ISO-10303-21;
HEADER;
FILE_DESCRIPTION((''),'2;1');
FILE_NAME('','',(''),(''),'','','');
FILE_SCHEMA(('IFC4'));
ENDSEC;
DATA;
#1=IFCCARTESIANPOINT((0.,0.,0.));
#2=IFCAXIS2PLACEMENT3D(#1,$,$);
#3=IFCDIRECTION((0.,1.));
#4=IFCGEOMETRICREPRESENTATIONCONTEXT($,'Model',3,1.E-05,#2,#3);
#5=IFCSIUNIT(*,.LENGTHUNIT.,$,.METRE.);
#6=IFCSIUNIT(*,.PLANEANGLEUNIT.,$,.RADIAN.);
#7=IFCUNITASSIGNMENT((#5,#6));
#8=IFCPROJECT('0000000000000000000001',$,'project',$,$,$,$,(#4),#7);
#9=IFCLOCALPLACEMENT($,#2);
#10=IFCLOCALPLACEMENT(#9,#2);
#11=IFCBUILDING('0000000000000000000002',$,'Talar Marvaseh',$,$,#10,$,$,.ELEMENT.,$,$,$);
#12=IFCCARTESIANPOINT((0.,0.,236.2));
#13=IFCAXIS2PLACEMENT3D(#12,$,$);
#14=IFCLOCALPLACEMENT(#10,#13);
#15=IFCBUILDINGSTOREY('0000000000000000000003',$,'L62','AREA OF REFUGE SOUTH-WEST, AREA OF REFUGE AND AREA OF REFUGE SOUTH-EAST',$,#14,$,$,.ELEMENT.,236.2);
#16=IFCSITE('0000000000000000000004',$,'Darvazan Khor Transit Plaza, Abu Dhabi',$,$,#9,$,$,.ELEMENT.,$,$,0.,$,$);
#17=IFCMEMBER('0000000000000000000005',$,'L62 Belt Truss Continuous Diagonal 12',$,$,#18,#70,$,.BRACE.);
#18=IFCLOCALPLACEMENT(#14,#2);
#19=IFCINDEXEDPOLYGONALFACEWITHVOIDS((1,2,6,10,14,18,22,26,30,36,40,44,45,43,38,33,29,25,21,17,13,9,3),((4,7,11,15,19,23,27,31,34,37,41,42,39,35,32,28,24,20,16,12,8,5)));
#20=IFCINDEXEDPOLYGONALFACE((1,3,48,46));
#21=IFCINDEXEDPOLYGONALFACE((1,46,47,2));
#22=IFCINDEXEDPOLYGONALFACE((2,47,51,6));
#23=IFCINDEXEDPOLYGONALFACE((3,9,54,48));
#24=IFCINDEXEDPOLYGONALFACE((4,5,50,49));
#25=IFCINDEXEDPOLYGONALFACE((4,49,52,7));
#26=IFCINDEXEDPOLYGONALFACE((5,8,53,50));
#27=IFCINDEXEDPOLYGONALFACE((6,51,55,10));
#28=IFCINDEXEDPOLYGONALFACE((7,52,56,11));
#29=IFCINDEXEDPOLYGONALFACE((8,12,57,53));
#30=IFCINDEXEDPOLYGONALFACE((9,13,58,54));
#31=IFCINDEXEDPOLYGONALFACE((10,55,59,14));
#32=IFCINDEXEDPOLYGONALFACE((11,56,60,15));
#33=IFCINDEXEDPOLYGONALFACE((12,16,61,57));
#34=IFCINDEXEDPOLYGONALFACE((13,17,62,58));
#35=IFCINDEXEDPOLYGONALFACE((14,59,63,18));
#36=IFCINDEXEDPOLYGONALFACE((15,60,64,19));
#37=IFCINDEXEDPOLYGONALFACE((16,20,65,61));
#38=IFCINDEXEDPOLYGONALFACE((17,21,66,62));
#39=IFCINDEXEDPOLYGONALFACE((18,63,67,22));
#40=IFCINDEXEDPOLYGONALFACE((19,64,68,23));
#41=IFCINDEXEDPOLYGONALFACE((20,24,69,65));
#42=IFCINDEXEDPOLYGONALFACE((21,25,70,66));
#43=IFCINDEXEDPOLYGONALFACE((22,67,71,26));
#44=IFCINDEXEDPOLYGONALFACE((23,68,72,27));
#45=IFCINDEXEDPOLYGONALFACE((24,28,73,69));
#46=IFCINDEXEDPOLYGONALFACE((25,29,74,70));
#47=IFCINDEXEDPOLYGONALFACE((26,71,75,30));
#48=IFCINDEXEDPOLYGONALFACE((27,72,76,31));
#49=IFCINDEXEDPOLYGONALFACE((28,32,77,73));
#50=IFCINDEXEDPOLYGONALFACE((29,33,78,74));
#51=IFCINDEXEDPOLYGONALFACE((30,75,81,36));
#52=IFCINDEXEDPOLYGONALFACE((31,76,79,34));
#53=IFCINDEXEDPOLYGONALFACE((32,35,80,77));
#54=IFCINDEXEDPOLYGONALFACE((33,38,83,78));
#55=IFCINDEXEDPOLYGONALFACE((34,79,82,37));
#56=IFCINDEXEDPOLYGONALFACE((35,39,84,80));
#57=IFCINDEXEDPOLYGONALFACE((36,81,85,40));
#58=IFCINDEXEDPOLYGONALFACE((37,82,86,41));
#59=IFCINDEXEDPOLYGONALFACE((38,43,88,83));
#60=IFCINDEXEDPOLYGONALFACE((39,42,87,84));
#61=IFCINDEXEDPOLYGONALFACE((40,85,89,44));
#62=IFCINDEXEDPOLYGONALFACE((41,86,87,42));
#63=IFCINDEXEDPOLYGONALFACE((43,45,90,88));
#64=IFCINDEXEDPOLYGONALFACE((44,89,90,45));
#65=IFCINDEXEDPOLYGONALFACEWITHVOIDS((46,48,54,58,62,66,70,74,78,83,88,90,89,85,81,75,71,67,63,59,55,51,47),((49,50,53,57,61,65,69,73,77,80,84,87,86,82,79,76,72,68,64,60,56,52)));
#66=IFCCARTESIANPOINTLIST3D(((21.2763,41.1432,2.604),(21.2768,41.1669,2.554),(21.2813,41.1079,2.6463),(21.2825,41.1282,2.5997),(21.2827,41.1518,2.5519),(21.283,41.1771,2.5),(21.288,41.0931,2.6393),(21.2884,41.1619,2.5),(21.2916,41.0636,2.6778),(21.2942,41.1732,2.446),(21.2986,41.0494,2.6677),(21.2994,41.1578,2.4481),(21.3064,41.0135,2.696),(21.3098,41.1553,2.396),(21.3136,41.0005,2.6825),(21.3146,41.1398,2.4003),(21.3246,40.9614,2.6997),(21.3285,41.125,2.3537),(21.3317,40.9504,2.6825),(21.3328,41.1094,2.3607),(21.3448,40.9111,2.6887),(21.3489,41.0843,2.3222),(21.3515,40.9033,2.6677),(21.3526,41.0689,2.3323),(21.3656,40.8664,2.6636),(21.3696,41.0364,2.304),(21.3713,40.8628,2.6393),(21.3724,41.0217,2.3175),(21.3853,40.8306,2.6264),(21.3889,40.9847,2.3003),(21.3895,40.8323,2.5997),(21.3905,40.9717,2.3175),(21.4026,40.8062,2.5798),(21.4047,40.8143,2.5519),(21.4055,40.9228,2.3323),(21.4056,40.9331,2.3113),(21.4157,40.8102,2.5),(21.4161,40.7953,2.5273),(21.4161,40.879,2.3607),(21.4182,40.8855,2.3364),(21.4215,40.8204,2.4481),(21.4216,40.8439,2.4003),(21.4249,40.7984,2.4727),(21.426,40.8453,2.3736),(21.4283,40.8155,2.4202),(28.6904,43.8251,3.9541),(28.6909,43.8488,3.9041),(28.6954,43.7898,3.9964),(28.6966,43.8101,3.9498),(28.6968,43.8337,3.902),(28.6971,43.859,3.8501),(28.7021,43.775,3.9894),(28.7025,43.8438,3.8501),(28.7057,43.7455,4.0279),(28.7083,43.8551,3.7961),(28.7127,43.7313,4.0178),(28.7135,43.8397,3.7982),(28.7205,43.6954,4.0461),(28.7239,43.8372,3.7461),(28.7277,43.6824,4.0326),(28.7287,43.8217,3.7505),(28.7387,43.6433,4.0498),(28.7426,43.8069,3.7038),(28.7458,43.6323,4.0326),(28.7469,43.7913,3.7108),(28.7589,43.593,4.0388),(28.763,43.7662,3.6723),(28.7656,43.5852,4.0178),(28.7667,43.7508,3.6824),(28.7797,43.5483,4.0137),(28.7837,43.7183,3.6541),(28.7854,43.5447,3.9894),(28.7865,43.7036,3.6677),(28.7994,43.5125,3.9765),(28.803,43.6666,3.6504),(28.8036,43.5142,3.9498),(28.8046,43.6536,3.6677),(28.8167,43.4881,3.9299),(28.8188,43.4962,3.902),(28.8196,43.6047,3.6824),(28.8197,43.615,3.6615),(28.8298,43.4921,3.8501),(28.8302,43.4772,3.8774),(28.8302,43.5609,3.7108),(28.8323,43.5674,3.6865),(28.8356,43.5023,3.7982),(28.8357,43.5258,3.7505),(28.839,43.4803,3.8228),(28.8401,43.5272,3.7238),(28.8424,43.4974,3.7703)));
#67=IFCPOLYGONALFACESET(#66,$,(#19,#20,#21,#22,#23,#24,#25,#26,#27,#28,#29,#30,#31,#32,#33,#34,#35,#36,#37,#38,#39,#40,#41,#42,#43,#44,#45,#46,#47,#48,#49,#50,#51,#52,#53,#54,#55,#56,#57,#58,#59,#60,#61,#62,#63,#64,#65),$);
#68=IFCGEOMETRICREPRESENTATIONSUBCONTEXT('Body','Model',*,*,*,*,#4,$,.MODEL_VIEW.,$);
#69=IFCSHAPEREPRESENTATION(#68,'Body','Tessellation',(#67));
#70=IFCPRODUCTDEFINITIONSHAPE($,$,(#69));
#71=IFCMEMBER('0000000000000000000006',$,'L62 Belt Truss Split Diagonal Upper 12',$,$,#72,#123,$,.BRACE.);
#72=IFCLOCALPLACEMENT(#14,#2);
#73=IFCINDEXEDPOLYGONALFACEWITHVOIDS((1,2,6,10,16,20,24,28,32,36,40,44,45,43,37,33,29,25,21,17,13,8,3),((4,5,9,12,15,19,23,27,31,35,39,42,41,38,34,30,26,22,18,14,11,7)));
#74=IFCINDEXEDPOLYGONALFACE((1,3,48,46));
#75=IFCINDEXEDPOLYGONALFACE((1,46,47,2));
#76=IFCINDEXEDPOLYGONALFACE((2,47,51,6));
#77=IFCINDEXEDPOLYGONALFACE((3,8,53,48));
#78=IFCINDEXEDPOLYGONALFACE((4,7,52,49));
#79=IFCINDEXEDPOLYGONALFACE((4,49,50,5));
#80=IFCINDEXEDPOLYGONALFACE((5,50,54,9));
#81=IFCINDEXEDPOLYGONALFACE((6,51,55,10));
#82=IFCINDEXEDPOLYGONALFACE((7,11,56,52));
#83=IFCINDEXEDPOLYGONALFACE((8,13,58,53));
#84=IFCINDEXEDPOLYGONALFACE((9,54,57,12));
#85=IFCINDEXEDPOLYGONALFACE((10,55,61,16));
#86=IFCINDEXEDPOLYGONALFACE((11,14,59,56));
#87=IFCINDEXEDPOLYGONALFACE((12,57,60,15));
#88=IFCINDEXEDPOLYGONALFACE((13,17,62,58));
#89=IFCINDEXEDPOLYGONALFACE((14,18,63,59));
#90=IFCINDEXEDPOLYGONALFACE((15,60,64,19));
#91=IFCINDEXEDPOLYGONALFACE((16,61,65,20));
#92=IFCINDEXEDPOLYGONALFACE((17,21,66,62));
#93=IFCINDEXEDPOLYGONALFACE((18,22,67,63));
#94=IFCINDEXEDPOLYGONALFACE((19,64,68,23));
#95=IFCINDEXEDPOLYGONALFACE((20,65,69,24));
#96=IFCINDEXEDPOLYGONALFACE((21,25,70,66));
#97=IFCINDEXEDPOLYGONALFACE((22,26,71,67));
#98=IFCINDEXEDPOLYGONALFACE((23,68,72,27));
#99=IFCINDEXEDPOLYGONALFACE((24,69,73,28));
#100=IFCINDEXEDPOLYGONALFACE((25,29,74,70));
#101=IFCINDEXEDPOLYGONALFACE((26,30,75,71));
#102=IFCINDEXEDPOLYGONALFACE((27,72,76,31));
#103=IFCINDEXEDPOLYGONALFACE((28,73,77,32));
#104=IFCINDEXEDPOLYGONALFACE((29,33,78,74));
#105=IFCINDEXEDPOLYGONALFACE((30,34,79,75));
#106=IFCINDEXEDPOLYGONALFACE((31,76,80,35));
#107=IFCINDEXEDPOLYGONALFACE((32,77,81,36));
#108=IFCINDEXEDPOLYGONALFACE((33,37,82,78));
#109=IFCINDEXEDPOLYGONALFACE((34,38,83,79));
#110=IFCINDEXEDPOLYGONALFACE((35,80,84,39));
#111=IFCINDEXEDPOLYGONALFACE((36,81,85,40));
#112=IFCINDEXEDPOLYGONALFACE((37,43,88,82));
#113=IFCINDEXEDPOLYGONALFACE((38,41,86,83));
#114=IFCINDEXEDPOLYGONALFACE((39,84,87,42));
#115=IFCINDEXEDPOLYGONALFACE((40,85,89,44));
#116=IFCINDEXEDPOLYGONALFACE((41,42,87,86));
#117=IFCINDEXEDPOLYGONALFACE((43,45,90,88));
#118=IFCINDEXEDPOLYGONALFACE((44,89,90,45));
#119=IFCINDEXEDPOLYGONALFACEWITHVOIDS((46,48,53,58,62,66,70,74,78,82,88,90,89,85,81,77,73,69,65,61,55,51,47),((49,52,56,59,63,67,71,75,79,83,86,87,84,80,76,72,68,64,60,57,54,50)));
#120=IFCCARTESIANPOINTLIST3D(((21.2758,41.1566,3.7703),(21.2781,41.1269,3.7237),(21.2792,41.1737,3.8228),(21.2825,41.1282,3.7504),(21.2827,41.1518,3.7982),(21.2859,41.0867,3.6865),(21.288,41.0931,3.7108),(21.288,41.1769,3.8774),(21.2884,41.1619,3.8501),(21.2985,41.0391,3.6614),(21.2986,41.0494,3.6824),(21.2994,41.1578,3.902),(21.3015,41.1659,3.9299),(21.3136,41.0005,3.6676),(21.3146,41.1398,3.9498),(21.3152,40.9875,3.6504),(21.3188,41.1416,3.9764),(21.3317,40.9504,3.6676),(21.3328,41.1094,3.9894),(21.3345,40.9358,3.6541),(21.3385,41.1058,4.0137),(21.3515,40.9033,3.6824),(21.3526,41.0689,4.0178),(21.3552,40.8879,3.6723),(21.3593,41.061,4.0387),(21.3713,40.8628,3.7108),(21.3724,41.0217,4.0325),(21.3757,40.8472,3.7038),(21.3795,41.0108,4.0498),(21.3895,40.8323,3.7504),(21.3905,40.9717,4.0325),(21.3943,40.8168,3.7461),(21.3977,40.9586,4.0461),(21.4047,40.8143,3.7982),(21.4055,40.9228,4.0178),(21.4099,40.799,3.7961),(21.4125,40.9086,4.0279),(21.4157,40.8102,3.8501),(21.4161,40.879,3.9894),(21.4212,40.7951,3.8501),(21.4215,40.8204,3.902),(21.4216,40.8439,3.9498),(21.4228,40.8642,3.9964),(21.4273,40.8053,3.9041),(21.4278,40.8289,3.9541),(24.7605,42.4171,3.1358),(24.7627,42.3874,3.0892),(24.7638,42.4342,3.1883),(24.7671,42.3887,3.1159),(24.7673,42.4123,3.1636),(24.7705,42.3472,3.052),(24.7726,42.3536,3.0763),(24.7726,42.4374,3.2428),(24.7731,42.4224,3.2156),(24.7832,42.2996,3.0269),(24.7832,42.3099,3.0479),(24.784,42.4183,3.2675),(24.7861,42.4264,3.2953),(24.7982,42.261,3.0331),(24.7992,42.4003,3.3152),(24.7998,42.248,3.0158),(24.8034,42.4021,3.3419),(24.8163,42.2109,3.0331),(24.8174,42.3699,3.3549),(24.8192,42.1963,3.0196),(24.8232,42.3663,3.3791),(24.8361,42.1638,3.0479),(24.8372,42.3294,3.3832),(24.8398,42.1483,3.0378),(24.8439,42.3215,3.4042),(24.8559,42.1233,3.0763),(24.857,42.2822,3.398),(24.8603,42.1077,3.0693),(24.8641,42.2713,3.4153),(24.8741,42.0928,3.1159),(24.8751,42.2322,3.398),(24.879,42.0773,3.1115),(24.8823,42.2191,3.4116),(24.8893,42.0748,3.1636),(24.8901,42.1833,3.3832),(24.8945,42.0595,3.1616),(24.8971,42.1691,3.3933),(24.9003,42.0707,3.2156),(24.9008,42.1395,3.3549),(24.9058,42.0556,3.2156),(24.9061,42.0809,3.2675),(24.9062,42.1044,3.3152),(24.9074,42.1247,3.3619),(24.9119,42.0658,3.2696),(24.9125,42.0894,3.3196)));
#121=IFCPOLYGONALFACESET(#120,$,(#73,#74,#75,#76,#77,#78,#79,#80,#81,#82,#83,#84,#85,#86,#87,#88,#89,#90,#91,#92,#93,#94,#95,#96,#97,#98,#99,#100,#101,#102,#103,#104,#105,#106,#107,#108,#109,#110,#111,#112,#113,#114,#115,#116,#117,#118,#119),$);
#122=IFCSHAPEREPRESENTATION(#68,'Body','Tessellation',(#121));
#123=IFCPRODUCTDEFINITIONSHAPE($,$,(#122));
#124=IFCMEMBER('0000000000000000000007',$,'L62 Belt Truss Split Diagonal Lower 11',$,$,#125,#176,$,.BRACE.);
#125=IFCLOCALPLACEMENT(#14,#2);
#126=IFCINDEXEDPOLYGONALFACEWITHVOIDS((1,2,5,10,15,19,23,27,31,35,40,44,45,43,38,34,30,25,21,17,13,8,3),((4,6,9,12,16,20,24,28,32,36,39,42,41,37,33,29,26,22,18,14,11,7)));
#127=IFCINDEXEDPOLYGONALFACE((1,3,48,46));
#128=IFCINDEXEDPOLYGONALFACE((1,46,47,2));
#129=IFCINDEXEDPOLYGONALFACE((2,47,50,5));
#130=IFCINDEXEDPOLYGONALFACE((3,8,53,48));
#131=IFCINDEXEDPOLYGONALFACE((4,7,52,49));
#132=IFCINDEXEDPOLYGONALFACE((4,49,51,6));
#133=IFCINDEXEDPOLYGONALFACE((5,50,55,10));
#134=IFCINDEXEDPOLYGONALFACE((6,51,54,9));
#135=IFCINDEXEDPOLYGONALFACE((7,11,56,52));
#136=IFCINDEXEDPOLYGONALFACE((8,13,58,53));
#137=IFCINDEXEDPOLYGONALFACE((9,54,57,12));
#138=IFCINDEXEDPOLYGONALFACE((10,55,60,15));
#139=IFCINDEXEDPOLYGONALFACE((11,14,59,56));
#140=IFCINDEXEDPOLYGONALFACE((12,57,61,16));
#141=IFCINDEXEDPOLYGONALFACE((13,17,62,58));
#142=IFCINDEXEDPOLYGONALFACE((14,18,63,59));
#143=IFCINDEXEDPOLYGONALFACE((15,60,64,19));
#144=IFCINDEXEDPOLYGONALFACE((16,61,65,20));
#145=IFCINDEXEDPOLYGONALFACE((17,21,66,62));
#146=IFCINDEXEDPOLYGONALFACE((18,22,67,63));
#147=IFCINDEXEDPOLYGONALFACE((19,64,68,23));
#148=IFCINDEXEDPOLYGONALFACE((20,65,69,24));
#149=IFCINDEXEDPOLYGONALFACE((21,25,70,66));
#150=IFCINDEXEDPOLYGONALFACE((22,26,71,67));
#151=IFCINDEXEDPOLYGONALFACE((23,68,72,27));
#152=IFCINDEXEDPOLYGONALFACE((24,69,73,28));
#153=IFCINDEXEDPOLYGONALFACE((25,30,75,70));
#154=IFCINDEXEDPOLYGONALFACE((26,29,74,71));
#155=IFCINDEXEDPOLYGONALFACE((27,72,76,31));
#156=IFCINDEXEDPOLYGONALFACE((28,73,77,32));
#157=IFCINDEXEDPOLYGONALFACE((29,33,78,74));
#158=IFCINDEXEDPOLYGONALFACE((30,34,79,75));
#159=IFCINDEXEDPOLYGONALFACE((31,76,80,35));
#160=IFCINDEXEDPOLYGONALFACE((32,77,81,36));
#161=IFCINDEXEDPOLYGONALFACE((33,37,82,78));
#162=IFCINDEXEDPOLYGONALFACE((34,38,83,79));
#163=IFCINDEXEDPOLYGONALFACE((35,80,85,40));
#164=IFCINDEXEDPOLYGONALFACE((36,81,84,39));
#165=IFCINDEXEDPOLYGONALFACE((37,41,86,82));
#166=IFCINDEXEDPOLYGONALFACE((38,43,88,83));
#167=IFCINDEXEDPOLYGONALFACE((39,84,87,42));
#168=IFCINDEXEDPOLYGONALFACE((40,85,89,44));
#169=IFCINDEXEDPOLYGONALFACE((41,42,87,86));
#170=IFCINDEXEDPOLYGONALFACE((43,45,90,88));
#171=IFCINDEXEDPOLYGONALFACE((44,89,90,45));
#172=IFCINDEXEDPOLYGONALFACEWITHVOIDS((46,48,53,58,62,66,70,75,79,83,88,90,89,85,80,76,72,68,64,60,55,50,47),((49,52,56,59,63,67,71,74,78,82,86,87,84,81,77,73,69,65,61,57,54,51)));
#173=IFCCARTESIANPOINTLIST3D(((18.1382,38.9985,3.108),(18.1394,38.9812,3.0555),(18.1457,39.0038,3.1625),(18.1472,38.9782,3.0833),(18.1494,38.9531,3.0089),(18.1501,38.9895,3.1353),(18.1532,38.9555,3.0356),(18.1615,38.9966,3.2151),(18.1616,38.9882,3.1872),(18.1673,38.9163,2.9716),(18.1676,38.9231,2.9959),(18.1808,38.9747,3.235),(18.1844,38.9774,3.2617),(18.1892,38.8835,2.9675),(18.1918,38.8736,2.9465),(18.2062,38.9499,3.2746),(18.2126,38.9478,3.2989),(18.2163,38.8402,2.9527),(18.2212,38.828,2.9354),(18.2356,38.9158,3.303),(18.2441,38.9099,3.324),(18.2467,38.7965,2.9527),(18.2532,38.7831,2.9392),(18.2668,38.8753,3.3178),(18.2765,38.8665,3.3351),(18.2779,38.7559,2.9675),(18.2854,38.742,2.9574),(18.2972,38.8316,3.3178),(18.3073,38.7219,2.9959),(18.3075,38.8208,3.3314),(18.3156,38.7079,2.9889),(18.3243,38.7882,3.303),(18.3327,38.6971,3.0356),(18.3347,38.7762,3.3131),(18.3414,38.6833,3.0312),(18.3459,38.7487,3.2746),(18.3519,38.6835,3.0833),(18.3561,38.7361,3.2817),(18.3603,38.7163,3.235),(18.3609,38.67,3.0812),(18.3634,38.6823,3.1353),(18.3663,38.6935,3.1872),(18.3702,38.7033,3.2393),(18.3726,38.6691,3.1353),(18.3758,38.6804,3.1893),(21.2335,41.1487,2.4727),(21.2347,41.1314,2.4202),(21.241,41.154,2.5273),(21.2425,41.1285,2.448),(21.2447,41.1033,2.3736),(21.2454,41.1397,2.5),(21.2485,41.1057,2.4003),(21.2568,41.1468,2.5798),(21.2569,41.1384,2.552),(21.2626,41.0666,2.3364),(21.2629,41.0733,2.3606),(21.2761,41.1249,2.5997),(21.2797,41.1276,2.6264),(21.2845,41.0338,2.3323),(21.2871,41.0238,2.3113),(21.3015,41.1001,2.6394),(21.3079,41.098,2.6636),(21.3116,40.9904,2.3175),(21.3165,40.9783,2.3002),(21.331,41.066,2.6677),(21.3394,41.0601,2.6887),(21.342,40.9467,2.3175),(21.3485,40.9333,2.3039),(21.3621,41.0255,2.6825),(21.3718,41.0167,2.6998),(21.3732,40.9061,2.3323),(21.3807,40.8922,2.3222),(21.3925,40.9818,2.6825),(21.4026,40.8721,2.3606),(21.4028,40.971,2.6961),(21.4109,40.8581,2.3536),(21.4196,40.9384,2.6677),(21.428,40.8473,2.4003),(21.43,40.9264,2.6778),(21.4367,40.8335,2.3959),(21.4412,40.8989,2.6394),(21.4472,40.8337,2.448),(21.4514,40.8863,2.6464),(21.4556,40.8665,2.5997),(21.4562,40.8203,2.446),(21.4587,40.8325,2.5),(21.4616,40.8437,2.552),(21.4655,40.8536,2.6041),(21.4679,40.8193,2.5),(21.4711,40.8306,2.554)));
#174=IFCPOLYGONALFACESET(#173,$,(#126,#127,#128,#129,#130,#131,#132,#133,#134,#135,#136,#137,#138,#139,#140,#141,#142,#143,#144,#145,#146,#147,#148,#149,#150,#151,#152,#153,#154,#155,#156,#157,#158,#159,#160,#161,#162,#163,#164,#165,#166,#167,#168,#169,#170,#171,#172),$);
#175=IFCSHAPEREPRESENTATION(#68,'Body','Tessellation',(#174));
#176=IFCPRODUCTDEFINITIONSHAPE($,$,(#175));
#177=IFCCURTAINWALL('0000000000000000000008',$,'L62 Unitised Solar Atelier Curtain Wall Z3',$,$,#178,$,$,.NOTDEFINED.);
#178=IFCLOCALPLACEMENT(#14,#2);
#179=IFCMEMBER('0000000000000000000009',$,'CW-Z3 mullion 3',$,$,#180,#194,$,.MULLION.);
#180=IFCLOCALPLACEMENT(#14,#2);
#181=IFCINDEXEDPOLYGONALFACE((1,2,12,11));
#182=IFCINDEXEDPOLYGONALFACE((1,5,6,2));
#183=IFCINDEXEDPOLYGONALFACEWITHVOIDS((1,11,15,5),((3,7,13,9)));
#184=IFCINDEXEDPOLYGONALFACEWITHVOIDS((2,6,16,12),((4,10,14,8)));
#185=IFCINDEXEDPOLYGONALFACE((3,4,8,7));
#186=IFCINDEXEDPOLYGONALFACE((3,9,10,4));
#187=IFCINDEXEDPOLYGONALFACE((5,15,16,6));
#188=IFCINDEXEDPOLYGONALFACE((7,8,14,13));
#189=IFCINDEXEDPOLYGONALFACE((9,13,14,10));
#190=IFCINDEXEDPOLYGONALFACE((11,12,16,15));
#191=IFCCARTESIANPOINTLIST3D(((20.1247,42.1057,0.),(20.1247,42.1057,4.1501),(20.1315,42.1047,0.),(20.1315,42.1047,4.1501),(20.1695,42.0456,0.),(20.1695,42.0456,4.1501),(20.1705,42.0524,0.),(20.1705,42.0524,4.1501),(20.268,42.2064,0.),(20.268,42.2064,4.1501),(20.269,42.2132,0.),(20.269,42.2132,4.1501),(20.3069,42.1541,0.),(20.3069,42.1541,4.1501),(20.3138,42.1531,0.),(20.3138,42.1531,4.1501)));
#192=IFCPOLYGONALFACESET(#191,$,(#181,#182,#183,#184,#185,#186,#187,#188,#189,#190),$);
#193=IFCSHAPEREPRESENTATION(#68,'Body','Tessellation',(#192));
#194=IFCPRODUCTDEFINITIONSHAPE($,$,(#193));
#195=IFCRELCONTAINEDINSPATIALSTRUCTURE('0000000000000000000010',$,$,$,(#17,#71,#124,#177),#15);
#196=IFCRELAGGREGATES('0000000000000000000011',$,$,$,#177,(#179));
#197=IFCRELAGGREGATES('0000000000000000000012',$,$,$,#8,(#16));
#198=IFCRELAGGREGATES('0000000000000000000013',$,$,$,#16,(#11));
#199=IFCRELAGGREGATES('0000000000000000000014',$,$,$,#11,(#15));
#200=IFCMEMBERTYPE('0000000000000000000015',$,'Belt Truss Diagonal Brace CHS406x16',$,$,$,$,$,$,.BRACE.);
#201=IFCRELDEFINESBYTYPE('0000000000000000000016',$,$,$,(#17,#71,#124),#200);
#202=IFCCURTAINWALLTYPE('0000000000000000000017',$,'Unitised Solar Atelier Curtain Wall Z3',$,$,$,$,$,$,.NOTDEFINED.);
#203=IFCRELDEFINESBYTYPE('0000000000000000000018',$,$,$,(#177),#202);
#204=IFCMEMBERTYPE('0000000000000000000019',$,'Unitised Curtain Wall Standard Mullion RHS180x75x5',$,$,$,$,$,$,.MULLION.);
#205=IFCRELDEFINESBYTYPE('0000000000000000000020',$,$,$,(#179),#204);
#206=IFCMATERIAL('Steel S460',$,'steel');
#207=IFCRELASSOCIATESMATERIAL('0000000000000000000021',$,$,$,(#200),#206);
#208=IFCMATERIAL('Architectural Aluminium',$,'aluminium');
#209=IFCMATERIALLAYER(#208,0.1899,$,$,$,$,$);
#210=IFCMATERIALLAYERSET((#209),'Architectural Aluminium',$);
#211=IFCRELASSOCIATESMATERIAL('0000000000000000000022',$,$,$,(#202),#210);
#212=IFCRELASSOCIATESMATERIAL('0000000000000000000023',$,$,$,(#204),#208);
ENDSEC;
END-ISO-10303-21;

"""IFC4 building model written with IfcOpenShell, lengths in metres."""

from ifc_helpers import new_model, si_unit, direction, frame, origin, origin_2d, place, context, subcontext, project, spatial, hollow_rectangle, hollow_circle, extrude, source, transform, mapped, material, layer, layer_set, material_profile, profile_set, type_object, type_shapes, element, aggregate, save


model = new_model("IFC4")

# Units and contexts
model_context = context("Model", 3, precision=1e-05, world=origin(), true_north=direction((0.0, 1.0)))
body_context = subcontext(model_context, "Body", "Model", "MODEL_VIEW")
ifc_project = project(units=[si_unit("LENGTHUNIT", "METRE"), si_unit("PLANEANGLEUNIT", "RADIAN")], contexts=[model_context])

# Site, building, storey
site_placement = place(None, origin())
site = spatial("IfcSite", under=ifc_project, at=site_placement, Name="Darvazan Khor Transit Plaza, Abu Dhabi", CompositionType="ELEMENT", RefElevation=0.0)
building_placement = place(site_placement, origin())
building = spatial("IfcBuilding", under=site, at=building_placement, Name="Talar Marvaseh", CompositionType="ELEMENT")
storey_placement = place(building_placement, frame((0.0, 0.0, 236.2)))
storey = spatial("IfcBuildingStorey", under=building, at=storey_placement, Name="L62", Description="AREA OF REFUGE SOUTH-WEST, AREA OF REFUGE AND AREA OF REFUGE SOUTH-EAST", CompositionType="ELEMENT", Elevation=236.2)

# Shared definitions
ifc_material_1 = material(Name="Steel S460", Category="steel")

# Members
ifc_material_profile_1 = material_profile(ifc_material_1, hollow_circle(Radius=0.2031, WallThickness=0.0161, at=origin_2d()), Name="CHS406x16")
ifc_profile_set_1 = profile_set([ifc_material_profile_1], Name="Steel S460")
member_type_1 = type_object("IfcMemberType", Name="Belt Truss Diagonal Brace CHS406x16", PredefinedType="BRACE", material=ifc_profile_set_1)
shared_shape_1 = source(origin(), body_context, "Body", "SweptSolid", [
    extrude(hollow_circle(Radius=0.2031, WallThickness=0.0161, at=origin_2d()), origin(), (0.0, 0.0, 1.0), 7.999),
])
member_1_placement = place(storey_placement, frame((21.3521, 40.9861, 2.5), z_axis=(0.926877, 0.335279, 0.168784), x_axis=(-0.340159, 0.940368, 0.0)))
element("IfcMember", 1, at=member_1_placement, inside=storey, type_object=member_type_1, Name="L62 Belt Truss Continuous Diagonal 12", PredefinedType="BRACE", context=body_context, shape_type="MappedRepresentation", body=[
    mapped(shared_shape_1, transform((0.0, 0.0, 0.0), x_axis=(1.0, 0.0, 0.0), y_axis=(0.0, 1.0, 0.0), z_axis=(0.0, 0.0, 1.0), scale=1.0)),
])
shared_shape_2 = source(origin(), body_context, "Body", "SweptSolid", [
    extrude(hollow_circle(Radius=0.2031, WallThickness=0.0161, at=origin_2d()), origin(), (0.0, 0.0, 1.0), 3.7595),
])
member_2_placement = place(storey_placement, frame((24.8367, 42.2466, 3.2156), z_axis=(-0.926877, -0.335281, 0.168777), x_axis=(0.340161, -0.940367, 0.0)))
element("IfcMember", 2, at=member_2_placement, inside=storey, type_object=member_type_1, Name="L62 Belt Truss Split Diagonal Upper 12", PredefinedType="BRACE", context=body_context, shape_type="MappedRepresentation", body=[
    mapped(shared_shape_2, transform((0.0, 0.0, 0.0), x_axis=(1.0, 0.0, 0.0), y_axis=(0.0, 1.0, 0.0), z_axis=(0.0, 0.0, 1.0), scale=1.0)),
])
shared_shape_3 = source(origin(), body_context, "Body", "SweptSolid", [
    extrude(hollow_circle(Radius=0.2031, WallThickness=0.0161, at=origin_2d()), origin(), (0.0, 0.0, 1.0), 3.822),
])
type_shapes(member_type_1, [shared_shape_1, shared_shape_2, shared_shape_3])
member_3_placement = place(storey_placement, frame((21.3521, 40.9861, 2.5), z_axis=(-0.80986, -0.562584, 0.166214), x_axis=(0.57052, -0.821284, 0.0)))
element("IfcMember", 3, at=member_3_placement, inside=storey, type_object=member_type_1, Name="L62 Belt Truss Split Diagonal Lower 11", PredefinedType="BRACE", context=body_context, shape_type="MappedRepresentation", body=[
    mapped(shared_shape_3, transform((0.0, 0.0, 0.0), x_axis=(1.0, 0.0, 0.0), y_axis=(0.0, 1.0, 0.0), z_axis=(0.0, 0.0, 1.0), scale=1.0)),
])

# Curtain wall, member
ifc_material_2 = material(Name="Architectural Aluminium", Category="aluminium")
ifc_layer_1 = layer(ifc_material_2, 0.1899)
ifc_layer_set_1 = layer_set([ifc_layer_1], Name="Architectural Aluminium")
curtain_wall_type = type_object("IfcCurtainWallType", Name="Unitised Solar Atelier Curtain Wall Z3", PredefinedType="NOTDEFINED", material=ifc_layer_set_1)
curtain_wall_1_placement = place(storey_placement, origin())
curtain_wall_1 = element("IfcCurtainWall", 4, at=curtain_wall_1_placement, inside=storey, type_object=curtain_wall_type, Name="L62 Unitised Solar Atelier Curtain Wall Z3", PredefinedType="NOTDEFINED")
ifc_material_profile_2 = material_profile(ifc_material_2, hollow_rectangle(XDim=0.075, YDim=0.1799, WallThickness=0.0049, at=origin_2d()), Name="RHS180x75x5")
ifc_profile_set_2 = profile_set([ifc_material_profile_2], Name="Architectural Aluminium")
member_type_2 = type_object("IfcMemberType", Name="Unitised Curtain Wall Standard Mullion RHS180x75x5", PredefinedType="MULLION", material=ifc_profile_set_2)
shared_shape_4 = source(origin(), body_context, "Body", "SweptSolid", [
    extrude(hollow_rectangle(XDim=0.075, YDim=0.1799, WallThickness=0.0049, at=origin_2d()), origin(), (0.0, 0.0, 1.0), 4.1501),
])
type_shapes(member_type_2, [shared_shape_4])
member_4_placement = place(storey_placement, frame((20.2192, 42.1294, 0.0), z_axis=(0.0, 0.0, 1.0), x_axis=(-0.597376, 0.801961, 0.0)))
member_4 = element("IfcMember", 5, at=member_4_placement, type_object=member_type_2, Name="CW-Z3 mullion 3", PredefinedType="MULLION", context=body_context, shape_type="MappedRepresentation", body=[
    mapped(shared_shape_4, transform((0.0, 0.0, 0.0), x_axis=(1.0, 0.0, 0.0), y_axis=(0.0, 1.0, 0.0), z_axis=(0.0, 0.0, 1.0), scale=1.0)),
])

aggregate(curtain_wall_1, [member_4])

save(model, "model.ifc")
